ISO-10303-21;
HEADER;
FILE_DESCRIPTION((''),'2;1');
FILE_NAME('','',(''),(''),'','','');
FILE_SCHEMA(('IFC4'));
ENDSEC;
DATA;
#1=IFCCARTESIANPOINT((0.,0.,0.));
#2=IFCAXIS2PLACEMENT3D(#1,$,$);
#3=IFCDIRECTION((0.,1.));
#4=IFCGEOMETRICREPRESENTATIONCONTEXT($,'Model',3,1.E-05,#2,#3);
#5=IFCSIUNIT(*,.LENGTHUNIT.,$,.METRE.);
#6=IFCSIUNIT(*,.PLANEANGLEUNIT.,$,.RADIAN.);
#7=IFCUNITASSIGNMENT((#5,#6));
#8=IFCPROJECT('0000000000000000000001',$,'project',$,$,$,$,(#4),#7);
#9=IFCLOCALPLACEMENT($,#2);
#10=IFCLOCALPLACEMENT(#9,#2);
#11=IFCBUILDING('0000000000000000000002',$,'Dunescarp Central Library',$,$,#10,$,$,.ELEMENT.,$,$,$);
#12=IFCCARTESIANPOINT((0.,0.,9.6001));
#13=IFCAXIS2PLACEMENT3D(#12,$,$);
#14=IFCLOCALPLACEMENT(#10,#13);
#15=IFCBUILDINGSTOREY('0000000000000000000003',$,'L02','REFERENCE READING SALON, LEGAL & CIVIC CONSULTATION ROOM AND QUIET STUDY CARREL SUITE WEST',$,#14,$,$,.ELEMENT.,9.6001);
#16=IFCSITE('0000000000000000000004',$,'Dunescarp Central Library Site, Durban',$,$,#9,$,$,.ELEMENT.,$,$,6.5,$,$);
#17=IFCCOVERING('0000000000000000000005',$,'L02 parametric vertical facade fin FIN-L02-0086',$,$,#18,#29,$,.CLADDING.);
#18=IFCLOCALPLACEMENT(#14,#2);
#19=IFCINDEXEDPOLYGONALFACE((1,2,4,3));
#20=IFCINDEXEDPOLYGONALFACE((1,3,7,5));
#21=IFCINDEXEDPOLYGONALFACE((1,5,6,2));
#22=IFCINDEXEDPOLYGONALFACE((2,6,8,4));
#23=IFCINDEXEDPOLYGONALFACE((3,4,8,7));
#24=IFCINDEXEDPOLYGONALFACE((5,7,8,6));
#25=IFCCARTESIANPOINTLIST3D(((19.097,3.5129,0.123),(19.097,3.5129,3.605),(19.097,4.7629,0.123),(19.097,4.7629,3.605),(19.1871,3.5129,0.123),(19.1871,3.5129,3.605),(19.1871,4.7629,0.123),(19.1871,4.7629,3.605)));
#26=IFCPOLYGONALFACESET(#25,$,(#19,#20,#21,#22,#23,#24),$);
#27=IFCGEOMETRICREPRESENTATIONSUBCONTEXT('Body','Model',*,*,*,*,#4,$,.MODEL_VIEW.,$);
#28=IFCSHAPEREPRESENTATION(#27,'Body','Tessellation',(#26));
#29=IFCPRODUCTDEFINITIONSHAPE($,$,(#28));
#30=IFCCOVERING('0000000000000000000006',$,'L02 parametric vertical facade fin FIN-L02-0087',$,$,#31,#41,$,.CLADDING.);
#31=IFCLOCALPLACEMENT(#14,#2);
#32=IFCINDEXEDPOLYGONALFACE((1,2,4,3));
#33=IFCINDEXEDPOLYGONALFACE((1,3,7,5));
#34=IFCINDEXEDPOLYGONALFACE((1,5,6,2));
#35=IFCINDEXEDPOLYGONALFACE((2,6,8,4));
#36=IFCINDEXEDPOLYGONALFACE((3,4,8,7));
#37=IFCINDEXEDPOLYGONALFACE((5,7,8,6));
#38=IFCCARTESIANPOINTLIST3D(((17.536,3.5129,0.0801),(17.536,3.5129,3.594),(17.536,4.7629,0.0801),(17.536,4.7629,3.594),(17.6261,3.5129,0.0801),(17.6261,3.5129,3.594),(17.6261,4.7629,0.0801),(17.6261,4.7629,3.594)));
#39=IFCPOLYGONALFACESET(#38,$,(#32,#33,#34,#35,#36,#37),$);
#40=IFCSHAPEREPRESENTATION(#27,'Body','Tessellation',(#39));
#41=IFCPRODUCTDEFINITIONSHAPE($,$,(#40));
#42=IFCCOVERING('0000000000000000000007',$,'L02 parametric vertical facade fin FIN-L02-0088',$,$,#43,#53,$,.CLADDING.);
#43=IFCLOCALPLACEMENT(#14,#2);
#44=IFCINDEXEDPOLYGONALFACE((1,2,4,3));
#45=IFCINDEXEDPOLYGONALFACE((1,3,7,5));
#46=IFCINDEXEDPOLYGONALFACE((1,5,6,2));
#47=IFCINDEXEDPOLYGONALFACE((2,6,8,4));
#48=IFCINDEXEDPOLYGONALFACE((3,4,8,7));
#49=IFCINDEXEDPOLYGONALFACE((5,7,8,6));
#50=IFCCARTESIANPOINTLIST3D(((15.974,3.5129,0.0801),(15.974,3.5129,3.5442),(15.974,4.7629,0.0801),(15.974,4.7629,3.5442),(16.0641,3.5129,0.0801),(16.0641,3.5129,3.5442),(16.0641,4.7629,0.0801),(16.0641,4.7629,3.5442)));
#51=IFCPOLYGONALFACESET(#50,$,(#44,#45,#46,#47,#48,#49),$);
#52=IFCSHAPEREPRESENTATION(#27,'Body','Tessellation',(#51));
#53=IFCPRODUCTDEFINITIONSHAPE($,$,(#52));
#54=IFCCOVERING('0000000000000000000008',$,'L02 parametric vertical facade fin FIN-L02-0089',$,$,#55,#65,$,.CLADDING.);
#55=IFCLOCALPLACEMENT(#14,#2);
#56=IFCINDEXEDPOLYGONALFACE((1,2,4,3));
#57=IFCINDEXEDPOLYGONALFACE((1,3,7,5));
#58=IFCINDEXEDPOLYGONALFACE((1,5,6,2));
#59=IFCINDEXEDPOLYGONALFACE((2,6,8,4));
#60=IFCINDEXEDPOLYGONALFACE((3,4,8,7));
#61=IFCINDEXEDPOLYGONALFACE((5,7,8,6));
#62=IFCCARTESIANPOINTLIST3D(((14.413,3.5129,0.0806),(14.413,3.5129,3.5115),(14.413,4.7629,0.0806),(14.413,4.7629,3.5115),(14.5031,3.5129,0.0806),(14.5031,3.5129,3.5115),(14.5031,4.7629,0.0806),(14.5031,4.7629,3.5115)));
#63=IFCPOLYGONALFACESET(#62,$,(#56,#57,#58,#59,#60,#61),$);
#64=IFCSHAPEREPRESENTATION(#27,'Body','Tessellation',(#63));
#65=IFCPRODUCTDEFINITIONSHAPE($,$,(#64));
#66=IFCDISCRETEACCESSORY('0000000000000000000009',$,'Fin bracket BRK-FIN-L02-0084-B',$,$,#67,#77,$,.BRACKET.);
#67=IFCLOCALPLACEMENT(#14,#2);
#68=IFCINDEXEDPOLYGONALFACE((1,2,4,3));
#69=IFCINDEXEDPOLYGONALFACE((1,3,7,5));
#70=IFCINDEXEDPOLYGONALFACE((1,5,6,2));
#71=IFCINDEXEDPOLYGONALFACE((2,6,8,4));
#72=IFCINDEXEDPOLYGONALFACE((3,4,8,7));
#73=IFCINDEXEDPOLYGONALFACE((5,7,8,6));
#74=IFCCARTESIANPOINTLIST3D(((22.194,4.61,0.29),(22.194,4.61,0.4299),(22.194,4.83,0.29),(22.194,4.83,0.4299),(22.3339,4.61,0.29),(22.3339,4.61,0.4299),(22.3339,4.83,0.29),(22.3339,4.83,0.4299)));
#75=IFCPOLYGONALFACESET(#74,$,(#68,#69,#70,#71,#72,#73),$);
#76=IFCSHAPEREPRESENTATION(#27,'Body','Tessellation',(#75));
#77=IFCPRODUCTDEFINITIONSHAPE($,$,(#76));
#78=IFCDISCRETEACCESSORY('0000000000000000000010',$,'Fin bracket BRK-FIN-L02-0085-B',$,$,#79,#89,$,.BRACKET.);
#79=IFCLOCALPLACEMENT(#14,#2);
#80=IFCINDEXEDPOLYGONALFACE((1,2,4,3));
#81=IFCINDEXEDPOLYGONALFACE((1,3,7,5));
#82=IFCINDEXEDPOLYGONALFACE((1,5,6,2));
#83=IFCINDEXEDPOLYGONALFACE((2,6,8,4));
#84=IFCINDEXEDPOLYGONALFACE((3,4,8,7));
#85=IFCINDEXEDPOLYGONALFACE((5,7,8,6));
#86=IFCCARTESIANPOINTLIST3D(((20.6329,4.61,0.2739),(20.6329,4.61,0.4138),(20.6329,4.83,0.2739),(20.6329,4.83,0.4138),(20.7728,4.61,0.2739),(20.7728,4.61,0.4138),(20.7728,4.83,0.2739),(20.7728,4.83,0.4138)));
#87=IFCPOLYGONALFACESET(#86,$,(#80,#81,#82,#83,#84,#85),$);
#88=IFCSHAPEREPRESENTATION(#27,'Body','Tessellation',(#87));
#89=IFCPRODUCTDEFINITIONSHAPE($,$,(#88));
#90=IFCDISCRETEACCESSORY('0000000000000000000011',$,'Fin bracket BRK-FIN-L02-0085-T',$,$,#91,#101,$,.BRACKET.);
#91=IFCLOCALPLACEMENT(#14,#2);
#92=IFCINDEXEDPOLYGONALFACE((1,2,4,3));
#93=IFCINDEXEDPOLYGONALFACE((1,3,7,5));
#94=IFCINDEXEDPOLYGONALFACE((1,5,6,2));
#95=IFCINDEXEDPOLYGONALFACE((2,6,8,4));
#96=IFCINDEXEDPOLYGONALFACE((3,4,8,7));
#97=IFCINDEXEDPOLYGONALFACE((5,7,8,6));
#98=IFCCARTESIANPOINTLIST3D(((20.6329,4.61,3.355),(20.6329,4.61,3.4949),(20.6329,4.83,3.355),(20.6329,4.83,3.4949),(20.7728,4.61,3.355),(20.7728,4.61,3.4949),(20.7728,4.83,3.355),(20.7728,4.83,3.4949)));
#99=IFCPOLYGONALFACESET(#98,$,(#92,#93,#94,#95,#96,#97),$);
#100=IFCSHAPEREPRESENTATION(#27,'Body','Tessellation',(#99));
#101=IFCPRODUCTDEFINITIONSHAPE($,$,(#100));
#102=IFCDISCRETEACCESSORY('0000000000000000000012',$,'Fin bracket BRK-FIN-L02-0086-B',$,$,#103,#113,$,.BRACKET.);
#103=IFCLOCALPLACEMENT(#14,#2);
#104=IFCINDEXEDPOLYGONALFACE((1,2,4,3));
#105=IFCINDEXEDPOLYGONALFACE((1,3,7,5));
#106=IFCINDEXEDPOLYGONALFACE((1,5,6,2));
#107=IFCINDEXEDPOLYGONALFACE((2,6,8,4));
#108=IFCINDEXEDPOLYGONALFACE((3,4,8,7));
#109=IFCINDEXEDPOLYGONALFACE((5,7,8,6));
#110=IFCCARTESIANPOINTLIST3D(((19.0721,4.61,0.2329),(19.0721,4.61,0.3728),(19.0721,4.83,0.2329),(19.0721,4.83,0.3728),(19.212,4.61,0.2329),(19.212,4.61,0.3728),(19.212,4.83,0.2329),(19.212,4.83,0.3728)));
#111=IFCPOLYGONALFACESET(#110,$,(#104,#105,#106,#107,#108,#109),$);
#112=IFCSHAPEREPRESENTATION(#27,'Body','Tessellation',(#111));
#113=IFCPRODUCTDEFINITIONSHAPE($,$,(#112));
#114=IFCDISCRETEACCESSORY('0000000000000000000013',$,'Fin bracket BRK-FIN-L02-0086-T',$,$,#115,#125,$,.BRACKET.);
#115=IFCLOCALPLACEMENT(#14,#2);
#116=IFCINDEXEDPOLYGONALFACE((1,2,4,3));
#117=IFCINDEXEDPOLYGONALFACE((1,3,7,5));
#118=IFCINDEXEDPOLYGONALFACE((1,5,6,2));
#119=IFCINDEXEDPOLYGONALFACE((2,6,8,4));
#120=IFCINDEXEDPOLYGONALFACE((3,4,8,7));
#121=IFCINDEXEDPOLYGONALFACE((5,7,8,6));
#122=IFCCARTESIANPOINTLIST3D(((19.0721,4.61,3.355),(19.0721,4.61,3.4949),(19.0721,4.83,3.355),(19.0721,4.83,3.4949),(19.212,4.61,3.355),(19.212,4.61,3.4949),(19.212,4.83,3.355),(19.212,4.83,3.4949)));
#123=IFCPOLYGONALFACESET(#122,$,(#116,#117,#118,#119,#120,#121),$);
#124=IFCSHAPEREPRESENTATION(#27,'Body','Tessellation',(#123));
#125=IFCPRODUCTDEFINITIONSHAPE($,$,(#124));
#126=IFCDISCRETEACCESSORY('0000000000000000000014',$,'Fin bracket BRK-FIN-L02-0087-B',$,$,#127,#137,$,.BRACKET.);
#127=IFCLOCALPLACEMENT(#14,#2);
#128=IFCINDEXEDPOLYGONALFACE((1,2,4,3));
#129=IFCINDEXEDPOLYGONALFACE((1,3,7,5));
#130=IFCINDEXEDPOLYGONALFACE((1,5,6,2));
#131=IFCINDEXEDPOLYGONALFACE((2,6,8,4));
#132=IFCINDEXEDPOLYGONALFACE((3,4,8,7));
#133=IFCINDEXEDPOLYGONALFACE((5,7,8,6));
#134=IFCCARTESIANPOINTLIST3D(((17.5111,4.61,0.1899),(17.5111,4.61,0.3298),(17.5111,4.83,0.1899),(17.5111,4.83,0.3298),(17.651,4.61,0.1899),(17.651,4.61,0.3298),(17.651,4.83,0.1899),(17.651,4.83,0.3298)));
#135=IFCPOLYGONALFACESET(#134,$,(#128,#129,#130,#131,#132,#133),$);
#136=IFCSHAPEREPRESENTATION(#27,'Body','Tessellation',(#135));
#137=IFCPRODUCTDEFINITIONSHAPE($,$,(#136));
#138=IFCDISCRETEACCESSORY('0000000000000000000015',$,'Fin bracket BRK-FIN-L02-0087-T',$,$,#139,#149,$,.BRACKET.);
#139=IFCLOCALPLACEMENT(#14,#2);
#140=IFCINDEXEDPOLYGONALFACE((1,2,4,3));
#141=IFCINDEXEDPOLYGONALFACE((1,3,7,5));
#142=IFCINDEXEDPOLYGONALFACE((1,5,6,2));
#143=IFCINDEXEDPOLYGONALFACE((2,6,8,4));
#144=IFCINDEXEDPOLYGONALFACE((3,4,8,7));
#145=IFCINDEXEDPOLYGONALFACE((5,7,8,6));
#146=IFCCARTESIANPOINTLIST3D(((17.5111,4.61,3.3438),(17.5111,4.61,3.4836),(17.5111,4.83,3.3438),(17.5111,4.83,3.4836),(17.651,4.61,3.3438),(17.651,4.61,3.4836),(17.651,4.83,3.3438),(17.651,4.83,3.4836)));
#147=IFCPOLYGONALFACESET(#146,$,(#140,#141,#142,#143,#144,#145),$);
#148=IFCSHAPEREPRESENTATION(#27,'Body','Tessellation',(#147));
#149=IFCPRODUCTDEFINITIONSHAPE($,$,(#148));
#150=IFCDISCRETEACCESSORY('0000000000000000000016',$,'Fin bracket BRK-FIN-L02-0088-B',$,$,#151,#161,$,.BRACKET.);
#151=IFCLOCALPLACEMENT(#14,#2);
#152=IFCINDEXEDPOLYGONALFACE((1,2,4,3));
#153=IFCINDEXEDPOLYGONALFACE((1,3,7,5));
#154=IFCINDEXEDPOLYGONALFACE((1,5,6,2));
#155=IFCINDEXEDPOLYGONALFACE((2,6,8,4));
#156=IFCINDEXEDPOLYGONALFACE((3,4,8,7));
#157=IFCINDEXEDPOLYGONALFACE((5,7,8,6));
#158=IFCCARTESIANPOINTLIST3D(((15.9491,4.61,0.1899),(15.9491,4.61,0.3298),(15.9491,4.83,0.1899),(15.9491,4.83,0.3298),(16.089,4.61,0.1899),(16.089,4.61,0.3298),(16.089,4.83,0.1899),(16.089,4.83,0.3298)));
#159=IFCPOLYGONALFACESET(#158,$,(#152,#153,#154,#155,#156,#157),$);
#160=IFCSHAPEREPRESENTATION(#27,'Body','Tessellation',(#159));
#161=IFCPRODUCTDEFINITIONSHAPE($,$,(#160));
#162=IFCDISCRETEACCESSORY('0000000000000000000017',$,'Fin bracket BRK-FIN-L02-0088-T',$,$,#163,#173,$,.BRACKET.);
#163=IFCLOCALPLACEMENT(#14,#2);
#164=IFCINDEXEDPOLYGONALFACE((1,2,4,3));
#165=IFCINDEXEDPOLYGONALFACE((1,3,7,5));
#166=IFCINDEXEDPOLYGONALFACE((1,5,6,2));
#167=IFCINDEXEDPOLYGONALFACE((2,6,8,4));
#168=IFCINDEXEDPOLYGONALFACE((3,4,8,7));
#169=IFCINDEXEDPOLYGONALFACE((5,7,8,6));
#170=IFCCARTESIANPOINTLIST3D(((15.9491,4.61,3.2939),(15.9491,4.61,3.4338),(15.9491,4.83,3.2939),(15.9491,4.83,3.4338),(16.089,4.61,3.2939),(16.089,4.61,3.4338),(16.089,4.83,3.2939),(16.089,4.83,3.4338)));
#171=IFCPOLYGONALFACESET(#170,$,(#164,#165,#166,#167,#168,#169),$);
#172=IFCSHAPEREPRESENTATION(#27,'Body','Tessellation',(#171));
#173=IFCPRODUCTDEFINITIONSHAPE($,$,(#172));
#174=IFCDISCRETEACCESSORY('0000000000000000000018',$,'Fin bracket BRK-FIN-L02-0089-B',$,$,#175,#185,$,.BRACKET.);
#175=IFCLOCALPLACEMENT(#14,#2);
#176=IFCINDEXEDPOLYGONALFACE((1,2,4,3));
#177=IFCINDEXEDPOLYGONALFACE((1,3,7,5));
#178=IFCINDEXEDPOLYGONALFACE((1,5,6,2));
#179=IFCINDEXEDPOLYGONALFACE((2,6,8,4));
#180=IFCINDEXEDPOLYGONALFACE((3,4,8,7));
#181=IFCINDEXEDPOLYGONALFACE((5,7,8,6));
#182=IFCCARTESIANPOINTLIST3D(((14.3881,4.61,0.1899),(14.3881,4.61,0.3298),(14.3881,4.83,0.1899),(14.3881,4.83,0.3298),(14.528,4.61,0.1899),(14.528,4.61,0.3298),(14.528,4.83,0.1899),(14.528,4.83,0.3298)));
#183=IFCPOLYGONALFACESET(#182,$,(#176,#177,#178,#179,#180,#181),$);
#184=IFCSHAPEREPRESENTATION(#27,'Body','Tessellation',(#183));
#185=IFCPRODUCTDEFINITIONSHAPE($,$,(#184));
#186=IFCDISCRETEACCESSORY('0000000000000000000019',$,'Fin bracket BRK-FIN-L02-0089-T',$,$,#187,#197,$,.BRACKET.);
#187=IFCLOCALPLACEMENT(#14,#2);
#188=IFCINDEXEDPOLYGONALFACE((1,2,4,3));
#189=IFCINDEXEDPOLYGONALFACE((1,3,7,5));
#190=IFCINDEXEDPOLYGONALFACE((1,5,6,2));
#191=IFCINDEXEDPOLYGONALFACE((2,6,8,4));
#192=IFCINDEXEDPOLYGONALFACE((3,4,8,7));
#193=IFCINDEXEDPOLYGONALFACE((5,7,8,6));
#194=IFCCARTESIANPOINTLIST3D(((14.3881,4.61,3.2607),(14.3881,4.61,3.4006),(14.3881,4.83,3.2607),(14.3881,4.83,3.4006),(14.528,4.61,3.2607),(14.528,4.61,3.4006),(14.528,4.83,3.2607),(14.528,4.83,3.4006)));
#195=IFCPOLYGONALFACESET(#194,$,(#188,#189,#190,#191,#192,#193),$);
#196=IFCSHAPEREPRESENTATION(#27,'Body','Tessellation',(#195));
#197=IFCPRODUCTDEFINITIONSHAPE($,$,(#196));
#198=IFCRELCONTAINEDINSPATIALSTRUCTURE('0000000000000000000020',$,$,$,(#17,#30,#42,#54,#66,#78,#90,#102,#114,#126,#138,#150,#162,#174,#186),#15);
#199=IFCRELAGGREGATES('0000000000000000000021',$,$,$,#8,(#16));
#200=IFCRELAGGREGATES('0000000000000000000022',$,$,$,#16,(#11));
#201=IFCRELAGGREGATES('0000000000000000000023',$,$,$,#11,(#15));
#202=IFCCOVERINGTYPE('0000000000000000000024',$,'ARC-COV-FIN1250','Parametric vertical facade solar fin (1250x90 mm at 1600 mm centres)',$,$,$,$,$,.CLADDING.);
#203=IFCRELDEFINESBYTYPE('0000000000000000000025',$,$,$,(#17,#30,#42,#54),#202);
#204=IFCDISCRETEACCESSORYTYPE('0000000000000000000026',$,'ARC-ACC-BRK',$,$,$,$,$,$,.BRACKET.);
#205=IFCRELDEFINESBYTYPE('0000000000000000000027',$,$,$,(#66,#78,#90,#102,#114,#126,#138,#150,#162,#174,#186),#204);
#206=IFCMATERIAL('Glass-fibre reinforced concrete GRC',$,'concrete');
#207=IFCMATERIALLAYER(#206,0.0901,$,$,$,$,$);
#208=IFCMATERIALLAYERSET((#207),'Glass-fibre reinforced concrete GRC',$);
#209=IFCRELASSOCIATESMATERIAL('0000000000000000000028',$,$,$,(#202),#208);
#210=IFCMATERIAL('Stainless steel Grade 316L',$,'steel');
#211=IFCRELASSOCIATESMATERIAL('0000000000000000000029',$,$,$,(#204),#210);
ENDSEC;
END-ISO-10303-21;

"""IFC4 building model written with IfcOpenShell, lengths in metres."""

from ifc_helpers import new_model, si_unit, direction, frame, origin, origin_2d, place, context, subcontext, project, spatial, rectangle, extrude, material, layer, layer_set, type_object, element, save


model = new_model("IFC4")

# Units and contexts
model_context = context("Model", 3, precision=1e-05, world=origin(), true_north=direction((0.0, 1.0)))
body_context = subcontext(model_context, "Body", "Model", "MODEL_VIEW")
ifc_project = project(units=[si_unit("LENGTHUNIT", "METRE"), si_unit("PLANEANGLEUNIT", "RADIAN")], contexts=[model_context])

# Site, building, storey
site_placement = place(None, origin())
site = spatial("IfcSite", under=ifc_project, at=site_placement, Name="Dunescarp Central Library Site, Durban", CompositionType="ELEMENT", RefElevation=6.5)
building_placement = place(site_placement, origin())
building = spatial("IfcBuilding", under=site, at=building_placement, Name="Dunescarp Central Library", CompositionType="ELEMENT")
storey_placement = place(building_placement, frame((0.0, 0.0, 9.6001)))
storey = spatial("IfcBuildingStorey", under=building, at=storey_placement, Name="L02", Description="REFERENCE READING SALON, LEGAL & CIVIC CONSULTATION ROOM AND QUIET STUDY CARREL SUITE WEST", CompositionType="ELEMENT", Elevation=9.6001)

# Coverings
ifc_material_1 = material(Name="Glass-fibre reinforced concrete GRC", Category="concrete")
ifc_layer_1 = layer(ifc_material_1, 0.0901)
ifc_layer_set_1 = layer_set([ifc_layer_1], Name="Glass-fibre reinforced concrete GRC")
covering_type = type_object("IfcCoveringType", Name="ARC-COV-FIN1250", Description="Parametric vertical facade solar fin (1250x90 mm at 1600 mm centres)", PredefinedType="CLADDING", material=ifc_layer_set_1)
covering_1_placement = place(storey_placement, frame((19.1421, 4.1379, 0.123), z_axis=(0.0, 0.0, 1.0), x_axis=(0.0, -1.0, 0.0)))
element("IfcCovering", 1, at=covering_1_placement, inside=storey, type_object=covering_type, Name="L02 parametric vertical facade fin FIN-L02-0086", PredefinedType="CLADDING", context=body_context, shape_type="SweptSolid", body=[
    extrude(rectangle(XDim=1.25, YDim=0.0901, at=origin_2d()), origin(), (0.0, 0.0, 1.0), 3.4819),
])
covering_2_placement = place(storey_placement, frame((17.5811, 4.1379, 0.0801), z_axis=(0.0, 0.0, 1.0), x_axis=(0.0, -1.0, 0.0)))
element("IfcCovering", 2, at=covering_2_placement, inside=storey, type_object=covering_type, Name="L02 parametric vertical facade fin FIN-L02-0087", PredefinedType="CLADDING", context=body_context, shape_type="SweptSolid", body=[
    extrude(rectangle(XDim=1.25, YDim=0.0901, at=origin_2d()), origin(), (0.0, 0.0, 1.0), 3.5139),
])
covering_3_placement = place(storey_placement, frame((16.019, 4.1379, 0.0801), z_axis=(0.0, 0.0, 1.0), x_axis=(0.0, -1.0, 0.0)))
element("IfcCovering", 3, at=covering_3_placement, inside=storey, type_object=covering_type, Name="L02 parametric vertical facade fin FIN-L02-0088", PredefinedType="CLADDING", context=body_context, shape_type="SweptSolid", body=[
    extrude(rectangle(XDim=1.25, YDim=0.0901, at=origin_2d()), origin(), (0.0, 0.0, 1.0), 3.4641),
])
covering_4_placement = place(storey_placement, frame((14.458, 4.1379, 0.0806), z_axis=(0.0, 0.0, 1.0), x_axis=(0.0, -1.0, 0.0)))
element("IfcCovering", 4, at=covering_4_placement, inside=storey, type_object=covering_type, Name="L02 parametric vertical facade fin FIN-L02-0089", PredefinedType="CLADDING", context=body_context, shape_type="SweptSolid", body=[
    extrude(rectangle(XDim=1.25, YDim=0.0901, at=origin_2d()), origin(), (0.0, 0.0, 1.0), 3.4309),
])

# Discrete accessories
ifc_material_2 = material(Name="Stainless steel Grade 316L", Category="steel")
discrete_accessory_type = type_object("IfcDiscreteAccessoryType", Name="ARC-ACC-BRK", PredefinedType="BRACKET", material=ifc_material_2)
for number, where, z_axis, x_axis, name in (
    (5, (22.2639, 4.72, 0.29), (0.0, 0.0, 1.0), (0.0, -1.0, 0.0), "Fin bracket BRK-FIN-L02-0084-B"),
    (6, (20.7029, 4.72, 0.2739), (0.0, 0.0, 1.0), (0.0, -1.0, 0.0), "Fin bracket BRK-FIN-L02-0085-B"),
    (7, (20.7029, 4.72, 3.355), (0.0, 0.0, 1.0), (0.0, -1.0, 0.0), "Fin bracket BRK-FIN-L02-0085-T"),
    (8, (19.1421, 4.72, 0.2329), (0.0, 0.0, 1.0), (0.0, -1.0, 0.0), "Fin bracket BRK-FIN-L02-0086-B"),
    (9, (19.1421, 4.72, 3.355), (0.0, 0.0, 1.0), (0.0, -1.0, 0.0), "Fin bracket BRK-FIN-L02-0086-T"),
    (10, (17.5811, 4.72, 0.1899), (0.0, 0.0, 1.0), (0.0, -1.0, 0.0), "Fin bracket BRK-FIN-L02-0087-B"),
    (11, (17.5811, 4.72, 3.3438), (0.0, 0.0, 1.0), (0.0, -1.0, 0.0), "Fin bracket BRK-FIN-L02-0087-T"),
    (12, (16.019, 4.72, 0.1899), (0.0, 0.0, 1.0), (0.0, -1.0, 0.0), "Fin bracket BRK-FIN-L02-0088-B"),
    (13, (16.019, 4.72, 3.2939), (0.0, 0.0, 1.0), (0.0, -1.0, 0.0), "Fin bracket BRK-FIN-L02-0088-T"),
    (14, (14.458, 4.72, 0.1899), (0.0, 0.0, 1.0), (0.0, -1.0, 0.0), "Fin bracket BRK-FIN-L02-0089-B"),
    (15, (14.458, 4.72, 3.2607), (0.0, 0.0, 1.0), (0.0, -1.0, 0.0), "Fin bracket BRK-FIN-L02-0089-T"),
):
    element("IfcDiscreteAccessory", number, at=place(storey_placement, frame(where, z_axis=z_axis, x_axis=x_axis)), inside=storey, type_object=discrete_accessory_type, Name=name, PredefinedType="BRACKET", context=body_context, shape_type="SweptSolid", body=[
        extrude(rectangle(XDim=0.22, YDim=0.1399, at=origin_2d()), origin(), (0.0, 0.0, 1.0), 0.1399),
    ])

save(model, "model.ifc")
